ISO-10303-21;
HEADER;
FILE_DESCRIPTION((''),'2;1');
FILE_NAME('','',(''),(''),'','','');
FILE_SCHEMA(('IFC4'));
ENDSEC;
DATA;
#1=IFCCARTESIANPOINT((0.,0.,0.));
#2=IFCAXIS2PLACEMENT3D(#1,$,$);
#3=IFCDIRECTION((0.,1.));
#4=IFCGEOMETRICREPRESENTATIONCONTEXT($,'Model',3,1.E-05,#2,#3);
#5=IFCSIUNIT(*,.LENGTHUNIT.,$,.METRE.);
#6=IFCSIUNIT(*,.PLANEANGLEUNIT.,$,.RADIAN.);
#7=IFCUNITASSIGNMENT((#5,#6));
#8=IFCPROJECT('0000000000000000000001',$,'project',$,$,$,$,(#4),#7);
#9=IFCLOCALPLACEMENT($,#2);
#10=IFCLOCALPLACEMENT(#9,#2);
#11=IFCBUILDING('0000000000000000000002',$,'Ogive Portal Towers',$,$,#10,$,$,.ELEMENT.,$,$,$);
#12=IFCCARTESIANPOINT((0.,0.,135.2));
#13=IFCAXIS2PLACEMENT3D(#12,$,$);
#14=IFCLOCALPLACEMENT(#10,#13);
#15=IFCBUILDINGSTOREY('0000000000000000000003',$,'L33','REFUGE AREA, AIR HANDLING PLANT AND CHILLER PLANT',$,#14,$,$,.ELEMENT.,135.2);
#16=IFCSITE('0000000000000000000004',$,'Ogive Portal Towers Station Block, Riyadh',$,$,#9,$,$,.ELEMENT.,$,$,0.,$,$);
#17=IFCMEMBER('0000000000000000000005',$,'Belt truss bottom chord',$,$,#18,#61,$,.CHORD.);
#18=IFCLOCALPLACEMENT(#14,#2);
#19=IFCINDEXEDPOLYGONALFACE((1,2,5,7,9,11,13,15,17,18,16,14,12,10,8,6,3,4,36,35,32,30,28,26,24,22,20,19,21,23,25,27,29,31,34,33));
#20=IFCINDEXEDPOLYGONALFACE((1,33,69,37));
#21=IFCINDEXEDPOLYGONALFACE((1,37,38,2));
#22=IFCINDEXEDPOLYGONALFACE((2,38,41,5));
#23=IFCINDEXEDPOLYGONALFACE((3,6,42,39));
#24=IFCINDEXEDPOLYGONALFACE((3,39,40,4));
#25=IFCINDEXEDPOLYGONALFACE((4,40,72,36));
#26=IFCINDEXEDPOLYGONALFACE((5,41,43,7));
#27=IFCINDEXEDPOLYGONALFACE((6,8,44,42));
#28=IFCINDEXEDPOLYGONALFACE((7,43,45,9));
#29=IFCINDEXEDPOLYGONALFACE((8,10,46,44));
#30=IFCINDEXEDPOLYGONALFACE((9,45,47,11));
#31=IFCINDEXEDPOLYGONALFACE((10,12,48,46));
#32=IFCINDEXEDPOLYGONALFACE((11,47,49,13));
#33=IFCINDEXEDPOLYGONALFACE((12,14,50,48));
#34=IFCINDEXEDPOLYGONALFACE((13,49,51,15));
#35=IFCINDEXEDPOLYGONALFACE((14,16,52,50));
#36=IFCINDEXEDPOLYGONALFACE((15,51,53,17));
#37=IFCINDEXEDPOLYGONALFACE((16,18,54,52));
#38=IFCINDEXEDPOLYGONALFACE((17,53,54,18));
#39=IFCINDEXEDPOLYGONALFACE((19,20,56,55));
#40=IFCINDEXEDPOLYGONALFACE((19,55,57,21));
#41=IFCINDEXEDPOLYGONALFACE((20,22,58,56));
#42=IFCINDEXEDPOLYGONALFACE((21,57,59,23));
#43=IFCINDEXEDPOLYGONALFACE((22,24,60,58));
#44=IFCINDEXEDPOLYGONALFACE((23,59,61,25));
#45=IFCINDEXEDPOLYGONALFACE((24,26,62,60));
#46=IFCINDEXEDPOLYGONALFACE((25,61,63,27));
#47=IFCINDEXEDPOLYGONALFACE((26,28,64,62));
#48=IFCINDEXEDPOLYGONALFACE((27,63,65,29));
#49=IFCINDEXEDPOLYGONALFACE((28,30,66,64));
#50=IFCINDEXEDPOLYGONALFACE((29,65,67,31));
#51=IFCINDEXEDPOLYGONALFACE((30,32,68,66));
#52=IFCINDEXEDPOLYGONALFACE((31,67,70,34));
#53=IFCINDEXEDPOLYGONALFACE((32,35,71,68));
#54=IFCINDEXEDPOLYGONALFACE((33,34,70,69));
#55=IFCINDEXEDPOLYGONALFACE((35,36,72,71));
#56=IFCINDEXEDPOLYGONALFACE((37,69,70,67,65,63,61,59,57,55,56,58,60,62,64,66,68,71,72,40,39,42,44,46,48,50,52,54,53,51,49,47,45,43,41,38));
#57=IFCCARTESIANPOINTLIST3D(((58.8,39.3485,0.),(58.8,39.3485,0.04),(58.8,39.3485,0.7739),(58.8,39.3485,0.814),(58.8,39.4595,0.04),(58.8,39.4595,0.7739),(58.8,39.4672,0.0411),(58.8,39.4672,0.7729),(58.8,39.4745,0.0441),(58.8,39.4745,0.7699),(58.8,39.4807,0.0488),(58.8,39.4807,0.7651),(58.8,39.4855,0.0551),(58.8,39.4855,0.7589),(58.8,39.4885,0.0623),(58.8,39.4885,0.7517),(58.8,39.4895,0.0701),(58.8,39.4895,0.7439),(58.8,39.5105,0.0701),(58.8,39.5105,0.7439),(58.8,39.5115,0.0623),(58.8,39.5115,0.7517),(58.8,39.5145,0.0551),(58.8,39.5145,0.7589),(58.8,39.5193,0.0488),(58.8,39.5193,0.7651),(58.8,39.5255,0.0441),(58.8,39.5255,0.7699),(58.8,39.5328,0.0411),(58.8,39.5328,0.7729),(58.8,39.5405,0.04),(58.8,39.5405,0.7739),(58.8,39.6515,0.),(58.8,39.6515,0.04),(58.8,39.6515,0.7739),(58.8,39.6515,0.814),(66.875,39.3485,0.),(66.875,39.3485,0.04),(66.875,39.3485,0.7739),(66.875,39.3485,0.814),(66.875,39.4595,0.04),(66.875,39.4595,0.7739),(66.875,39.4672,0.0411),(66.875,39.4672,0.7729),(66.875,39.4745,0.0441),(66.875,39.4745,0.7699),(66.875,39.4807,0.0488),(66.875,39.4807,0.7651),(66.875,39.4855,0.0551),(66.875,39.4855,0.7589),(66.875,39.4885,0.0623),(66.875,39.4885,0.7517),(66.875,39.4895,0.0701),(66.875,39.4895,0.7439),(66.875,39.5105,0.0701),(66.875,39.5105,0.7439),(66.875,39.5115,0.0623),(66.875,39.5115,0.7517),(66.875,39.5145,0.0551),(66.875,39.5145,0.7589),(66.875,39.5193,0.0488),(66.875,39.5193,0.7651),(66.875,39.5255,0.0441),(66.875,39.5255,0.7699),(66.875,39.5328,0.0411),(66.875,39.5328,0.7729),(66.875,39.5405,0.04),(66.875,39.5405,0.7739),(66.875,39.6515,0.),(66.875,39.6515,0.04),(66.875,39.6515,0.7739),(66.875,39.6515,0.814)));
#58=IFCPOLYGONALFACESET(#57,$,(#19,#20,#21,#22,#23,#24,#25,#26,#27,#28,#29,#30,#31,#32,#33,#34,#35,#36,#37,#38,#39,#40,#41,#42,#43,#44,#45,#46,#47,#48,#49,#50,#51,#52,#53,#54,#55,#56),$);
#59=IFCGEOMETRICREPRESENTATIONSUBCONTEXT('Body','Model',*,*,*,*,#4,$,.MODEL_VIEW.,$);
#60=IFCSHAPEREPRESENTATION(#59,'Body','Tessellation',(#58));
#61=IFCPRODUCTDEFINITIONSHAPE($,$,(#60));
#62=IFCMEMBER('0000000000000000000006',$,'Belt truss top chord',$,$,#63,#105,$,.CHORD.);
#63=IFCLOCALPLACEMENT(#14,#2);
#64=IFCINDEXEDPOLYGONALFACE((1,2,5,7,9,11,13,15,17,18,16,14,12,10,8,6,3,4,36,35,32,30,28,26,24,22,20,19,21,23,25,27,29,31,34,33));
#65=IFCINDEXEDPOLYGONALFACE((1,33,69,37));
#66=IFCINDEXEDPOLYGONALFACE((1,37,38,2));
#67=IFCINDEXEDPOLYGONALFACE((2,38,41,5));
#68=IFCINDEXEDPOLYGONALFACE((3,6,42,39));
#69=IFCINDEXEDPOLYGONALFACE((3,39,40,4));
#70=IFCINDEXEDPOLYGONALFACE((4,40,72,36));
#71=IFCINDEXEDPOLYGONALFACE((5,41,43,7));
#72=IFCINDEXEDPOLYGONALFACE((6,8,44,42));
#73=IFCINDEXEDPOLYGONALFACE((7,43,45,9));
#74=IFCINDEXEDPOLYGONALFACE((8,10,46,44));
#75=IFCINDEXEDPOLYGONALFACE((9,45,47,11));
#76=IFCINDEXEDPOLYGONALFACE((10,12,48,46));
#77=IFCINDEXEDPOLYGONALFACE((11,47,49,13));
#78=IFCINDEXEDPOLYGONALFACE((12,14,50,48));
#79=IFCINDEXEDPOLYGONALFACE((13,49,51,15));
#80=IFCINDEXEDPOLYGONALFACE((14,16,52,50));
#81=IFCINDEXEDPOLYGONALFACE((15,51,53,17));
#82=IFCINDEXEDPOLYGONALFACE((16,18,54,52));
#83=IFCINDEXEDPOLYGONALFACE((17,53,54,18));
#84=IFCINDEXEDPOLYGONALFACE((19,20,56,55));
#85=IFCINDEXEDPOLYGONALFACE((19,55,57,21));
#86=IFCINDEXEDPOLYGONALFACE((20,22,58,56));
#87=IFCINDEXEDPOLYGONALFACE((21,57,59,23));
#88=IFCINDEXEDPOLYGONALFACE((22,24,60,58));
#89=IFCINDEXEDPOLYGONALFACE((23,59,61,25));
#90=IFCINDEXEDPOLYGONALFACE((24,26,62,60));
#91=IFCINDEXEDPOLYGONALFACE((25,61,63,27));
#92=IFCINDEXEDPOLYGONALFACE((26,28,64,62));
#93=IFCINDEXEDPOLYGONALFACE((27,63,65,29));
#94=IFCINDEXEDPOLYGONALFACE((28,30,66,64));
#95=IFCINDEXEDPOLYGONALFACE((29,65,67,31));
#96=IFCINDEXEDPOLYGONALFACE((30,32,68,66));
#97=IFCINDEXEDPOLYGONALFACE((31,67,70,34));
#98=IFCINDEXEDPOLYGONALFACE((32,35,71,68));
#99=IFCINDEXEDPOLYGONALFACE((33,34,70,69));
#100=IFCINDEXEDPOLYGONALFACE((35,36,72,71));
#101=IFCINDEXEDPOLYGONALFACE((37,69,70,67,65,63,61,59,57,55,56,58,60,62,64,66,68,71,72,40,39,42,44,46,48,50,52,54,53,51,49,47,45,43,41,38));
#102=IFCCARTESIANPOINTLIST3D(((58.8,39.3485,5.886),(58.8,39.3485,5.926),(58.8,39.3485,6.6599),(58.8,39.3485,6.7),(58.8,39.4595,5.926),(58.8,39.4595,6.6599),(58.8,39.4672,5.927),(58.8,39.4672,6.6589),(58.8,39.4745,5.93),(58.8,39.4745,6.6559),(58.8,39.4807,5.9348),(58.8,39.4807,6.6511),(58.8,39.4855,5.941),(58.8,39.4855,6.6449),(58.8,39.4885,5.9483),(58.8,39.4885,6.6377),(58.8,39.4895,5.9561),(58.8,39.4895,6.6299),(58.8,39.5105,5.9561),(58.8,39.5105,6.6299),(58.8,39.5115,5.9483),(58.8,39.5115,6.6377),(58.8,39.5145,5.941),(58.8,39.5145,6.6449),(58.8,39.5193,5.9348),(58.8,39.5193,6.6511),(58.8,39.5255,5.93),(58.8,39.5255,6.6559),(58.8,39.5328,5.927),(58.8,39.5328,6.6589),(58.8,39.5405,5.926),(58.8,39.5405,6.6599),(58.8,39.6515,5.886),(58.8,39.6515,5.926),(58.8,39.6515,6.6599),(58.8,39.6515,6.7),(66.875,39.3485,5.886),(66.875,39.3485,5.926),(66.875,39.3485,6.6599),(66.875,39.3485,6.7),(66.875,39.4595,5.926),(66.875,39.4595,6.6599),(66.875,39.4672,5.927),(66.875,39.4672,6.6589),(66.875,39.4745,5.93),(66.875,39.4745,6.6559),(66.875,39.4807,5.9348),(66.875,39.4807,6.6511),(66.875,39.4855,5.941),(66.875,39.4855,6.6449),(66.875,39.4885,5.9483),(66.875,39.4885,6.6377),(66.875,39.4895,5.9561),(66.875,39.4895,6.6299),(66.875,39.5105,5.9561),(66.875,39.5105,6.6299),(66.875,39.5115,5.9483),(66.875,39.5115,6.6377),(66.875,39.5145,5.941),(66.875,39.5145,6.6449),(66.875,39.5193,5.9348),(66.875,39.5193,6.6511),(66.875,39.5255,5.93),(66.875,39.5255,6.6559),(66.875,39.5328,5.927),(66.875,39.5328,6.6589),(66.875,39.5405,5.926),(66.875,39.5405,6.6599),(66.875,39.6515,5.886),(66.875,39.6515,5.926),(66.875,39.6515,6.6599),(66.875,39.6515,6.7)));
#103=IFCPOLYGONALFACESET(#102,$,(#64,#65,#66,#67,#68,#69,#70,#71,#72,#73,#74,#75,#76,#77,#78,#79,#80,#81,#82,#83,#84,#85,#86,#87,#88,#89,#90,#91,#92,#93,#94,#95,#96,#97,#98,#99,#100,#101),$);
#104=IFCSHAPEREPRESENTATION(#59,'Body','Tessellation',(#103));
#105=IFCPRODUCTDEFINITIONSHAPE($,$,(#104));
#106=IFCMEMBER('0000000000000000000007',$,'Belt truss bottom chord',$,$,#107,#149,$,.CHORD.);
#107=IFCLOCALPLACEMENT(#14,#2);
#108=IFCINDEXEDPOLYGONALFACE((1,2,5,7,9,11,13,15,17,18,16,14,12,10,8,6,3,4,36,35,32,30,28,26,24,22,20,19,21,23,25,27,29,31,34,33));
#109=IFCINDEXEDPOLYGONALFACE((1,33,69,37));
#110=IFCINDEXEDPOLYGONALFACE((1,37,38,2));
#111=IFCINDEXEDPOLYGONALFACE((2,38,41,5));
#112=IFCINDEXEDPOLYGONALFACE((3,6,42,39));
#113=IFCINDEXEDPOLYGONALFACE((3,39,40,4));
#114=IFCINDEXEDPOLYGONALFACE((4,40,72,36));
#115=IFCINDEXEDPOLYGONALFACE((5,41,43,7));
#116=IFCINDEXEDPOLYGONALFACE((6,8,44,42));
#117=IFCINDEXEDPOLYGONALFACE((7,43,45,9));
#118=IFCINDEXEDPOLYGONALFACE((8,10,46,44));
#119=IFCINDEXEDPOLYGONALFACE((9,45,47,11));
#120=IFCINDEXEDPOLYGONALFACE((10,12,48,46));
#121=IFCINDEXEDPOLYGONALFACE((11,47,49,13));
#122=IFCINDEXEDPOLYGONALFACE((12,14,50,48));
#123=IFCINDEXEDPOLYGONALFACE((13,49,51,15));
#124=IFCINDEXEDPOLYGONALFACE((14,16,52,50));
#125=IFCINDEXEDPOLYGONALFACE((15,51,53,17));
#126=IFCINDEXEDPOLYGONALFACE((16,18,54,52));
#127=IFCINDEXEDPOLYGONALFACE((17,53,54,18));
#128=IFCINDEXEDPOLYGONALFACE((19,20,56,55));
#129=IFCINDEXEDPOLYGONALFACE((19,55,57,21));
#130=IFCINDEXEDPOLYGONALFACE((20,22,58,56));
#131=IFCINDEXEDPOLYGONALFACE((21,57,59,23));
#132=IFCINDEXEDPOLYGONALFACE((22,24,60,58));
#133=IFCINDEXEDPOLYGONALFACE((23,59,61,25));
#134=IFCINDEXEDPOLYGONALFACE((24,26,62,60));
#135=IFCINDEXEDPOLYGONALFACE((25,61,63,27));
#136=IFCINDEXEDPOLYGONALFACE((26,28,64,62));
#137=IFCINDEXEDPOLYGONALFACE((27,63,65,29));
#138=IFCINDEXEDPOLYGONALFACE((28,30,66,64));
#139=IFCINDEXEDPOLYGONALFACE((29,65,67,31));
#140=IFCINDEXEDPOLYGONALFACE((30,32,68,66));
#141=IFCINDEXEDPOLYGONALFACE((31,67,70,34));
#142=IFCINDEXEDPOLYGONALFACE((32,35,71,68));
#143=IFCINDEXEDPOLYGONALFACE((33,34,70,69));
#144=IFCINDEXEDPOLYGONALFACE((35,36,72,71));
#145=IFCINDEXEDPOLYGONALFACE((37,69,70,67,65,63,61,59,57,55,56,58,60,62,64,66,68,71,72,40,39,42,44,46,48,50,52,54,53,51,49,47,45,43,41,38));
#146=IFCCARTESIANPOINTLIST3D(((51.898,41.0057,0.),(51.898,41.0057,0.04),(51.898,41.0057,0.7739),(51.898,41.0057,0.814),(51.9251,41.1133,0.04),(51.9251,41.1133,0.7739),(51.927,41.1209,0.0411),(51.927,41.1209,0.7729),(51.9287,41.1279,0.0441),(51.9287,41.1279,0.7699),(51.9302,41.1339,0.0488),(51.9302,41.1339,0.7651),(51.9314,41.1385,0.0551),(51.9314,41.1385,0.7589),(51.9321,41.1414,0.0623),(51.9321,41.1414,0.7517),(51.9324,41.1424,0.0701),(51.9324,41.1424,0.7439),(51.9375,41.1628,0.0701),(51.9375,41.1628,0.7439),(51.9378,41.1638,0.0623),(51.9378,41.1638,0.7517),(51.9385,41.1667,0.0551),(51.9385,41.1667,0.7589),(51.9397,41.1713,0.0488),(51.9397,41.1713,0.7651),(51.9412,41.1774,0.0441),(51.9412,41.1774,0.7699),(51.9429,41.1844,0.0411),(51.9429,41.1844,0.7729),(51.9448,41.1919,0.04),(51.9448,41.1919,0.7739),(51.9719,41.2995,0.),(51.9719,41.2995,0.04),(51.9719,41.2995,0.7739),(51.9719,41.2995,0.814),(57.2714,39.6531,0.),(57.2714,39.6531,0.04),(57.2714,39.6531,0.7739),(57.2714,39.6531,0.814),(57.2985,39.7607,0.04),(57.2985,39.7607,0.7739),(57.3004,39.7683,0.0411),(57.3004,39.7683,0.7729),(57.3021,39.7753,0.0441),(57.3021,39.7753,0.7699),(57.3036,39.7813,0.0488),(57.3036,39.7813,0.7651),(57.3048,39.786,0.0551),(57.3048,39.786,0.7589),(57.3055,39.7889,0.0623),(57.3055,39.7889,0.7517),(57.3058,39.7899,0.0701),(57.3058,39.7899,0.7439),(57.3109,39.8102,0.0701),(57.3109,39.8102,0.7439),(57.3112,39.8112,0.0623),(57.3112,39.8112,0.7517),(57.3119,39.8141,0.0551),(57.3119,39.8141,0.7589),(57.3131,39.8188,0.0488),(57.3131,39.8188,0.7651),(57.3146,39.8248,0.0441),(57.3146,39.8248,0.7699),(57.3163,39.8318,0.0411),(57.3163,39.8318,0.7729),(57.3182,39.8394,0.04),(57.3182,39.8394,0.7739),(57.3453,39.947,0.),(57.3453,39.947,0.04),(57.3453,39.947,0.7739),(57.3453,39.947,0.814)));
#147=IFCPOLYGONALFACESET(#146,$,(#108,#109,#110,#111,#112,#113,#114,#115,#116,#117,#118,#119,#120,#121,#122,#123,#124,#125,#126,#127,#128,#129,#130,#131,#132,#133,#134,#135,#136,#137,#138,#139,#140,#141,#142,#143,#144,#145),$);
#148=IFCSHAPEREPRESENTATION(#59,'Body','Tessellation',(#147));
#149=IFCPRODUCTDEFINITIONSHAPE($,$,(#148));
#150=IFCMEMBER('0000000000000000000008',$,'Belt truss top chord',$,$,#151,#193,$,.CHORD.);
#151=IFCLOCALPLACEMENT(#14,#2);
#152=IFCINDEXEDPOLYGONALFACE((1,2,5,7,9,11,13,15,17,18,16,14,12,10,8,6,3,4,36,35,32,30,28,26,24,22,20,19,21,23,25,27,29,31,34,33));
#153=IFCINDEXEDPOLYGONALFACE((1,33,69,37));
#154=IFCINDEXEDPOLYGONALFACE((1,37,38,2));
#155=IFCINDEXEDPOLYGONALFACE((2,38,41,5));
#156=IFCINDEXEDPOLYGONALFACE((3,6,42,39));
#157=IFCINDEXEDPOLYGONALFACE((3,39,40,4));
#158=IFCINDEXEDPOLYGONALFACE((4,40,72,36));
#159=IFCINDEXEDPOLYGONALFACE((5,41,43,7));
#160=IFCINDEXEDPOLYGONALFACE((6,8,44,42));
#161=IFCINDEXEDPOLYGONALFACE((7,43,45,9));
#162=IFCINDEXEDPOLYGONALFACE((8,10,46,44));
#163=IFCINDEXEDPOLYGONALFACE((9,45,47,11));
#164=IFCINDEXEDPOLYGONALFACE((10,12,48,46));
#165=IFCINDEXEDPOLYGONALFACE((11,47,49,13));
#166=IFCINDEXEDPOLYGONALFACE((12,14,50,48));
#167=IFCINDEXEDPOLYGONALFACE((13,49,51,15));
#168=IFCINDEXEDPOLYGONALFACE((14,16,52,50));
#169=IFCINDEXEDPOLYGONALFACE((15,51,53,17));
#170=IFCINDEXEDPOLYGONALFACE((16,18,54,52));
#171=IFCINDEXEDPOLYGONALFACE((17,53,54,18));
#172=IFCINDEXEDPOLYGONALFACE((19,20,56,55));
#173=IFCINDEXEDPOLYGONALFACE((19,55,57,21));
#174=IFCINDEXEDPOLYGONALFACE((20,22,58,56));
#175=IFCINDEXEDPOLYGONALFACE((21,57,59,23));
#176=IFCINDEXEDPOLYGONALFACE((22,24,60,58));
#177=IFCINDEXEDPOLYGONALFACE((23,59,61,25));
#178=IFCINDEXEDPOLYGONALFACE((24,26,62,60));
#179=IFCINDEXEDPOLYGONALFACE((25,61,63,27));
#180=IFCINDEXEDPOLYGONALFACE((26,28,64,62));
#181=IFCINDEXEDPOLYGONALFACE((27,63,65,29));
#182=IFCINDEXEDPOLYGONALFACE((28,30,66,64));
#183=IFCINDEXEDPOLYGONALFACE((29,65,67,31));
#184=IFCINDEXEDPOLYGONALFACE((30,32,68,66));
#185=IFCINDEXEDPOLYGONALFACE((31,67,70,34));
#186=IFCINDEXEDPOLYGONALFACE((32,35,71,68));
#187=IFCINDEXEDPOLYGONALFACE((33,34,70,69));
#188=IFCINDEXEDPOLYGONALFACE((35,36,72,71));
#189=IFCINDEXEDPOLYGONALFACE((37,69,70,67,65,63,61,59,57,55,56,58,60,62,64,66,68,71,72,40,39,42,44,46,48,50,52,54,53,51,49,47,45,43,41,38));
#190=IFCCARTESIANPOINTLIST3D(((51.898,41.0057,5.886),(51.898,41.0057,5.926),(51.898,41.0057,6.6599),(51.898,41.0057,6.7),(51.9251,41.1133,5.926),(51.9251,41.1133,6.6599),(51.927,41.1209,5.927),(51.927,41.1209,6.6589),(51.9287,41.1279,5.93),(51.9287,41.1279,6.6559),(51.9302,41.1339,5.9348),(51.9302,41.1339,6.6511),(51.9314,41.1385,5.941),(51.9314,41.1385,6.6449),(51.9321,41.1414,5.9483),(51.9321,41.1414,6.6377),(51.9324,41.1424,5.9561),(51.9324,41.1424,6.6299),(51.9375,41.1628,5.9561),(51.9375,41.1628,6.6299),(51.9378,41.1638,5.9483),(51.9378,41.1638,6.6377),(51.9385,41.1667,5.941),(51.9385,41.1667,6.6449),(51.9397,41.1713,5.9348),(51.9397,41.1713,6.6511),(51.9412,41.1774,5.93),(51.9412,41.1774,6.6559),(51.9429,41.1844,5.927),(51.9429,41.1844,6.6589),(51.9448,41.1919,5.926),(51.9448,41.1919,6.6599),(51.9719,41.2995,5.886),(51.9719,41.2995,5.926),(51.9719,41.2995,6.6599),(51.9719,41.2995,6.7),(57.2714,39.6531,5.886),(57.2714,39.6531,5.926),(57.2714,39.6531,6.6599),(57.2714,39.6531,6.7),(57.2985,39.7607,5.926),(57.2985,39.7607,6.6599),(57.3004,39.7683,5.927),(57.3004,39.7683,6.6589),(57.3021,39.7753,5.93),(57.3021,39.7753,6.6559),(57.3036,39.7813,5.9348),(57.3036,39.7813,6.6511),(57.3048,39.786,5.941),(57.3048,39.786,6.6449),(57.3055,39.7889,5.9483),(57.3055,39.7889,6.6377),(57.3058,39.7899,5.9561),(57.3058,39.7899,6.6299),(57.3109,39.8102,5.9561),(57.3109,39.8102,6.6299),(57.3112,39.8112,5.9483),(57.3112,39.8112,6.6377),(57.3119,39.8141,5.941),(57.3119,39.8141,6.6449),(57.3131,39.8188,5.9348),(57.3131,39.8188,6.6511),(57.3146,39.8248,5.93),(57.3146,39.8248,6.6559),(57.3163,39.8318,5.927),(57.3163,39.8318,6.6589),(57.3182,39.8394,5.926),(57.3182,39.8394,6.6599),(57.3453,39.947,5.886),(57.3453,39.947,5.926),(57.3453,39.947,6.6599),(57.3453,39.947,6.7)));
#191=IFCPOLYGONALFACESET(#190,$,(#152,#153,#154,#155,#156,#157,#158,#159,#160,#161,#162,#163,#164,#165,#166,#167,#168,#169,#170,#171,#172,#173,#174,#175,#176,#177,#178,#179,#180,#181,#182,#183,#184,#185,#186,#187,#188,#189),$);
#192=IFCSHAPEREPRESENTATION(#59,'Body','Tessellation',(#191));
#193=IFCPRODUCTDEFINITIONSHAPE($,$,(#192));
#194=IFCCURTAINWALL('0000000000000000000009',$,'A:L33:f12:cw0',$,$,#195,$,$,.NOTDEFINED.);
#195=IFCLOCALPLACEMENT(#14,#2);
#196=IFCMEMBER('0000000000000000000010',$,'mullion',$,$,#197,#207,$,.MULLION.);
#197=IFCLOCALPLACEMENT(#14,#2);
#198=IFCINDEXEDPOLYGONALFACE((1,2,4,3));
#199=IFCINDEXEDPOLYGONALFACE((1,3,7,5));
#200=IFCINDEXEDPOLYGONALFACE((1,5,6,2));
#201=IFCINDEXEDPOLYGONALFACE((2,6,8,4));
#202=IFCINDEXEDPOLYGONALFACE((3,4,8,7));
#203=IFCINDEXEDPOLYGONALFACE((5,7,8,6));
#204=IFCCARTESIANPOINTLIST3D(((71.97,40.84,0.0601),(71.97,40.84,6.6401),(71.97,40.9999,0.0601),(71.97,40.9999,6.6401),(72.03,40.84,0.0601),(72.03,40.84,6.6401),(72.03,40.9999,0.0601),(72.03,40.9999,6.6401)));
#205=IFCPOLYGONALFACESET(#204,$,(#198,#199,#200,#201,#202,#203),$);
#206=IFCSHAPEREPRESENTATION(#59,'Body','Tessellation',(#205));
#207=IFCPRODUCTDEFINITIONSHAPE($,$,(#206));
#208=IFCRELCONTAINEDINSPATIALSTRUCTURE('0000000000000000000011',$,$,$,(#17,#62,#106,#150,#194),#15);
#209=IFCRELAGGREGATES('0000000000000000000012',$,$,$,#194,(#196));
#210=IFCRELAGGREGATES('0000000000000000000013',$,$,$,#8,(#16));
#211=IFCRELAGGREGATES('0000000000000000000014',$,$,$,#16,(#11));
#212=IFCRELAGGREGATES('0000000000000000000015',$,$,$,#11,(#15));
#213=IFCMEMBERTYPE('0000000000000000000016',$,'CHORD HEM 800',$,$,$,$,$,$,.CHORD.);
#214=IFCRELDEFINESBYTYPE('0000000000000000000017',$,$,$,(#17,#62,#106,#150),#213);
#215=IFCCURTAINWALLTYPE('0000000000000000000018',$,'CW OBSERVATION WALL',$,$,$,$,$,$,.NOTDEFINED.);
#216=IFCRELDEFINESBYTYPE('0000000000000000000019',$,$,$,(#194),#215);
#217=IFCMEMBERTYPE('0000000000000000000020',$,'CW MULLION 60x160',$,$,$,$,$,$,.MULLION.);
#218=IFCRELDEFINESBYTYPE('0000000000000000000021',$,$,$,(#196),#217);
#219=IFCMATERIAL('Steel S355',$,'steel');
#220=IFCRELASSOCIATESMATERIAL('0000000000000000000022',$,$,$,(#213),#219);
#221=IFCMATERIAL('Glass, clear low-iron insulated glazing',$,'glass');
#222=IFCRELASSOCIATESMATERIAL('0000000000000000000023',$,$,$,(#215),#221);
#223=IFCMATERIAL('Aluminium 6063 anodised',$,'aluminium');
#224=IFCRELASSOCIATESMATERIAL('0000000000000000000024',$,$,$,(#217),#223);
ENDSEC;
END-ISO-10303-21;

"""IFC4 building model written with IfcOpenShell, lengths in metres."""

from ifc_helpers import new_model, si_unit, direction, frame, origin, origin_2d, place, context, subcontext, project, spatial, rectangle, i_section, extrude, material, material_profile, profile_set, type_object, element, aggregate, save


model = new_model("IFC4")

# Units and contexts
model_context = context("Model", 3, precision=1e-05, world=origin(), true_north=direction((0.0, 1.0)))
body_context = subcontext(model_context, "Body", "Model", "MODEL_VIEW")
ifc_project = project(units=[si_unit("LENGTHUNIT", "METRE"), si_unit("PLANEANGLEUNIT", "RADIAN")], contexts=[model_context])

# Site, building, storey
site_placement = place(None, origin())
site = spatial("IfcSite", under=ifc_project, at=site_placement, Name="Ogive Portal Towers Station Block, Riyadh", CompositionType="ELEMENT", RefElevation=0.0)
building_placement = place(site_placement, origin())
building = spatial("IfcBuilding", under=site, at=building_placement, Name="Ogive Portal Towers", CompositionType="ELEMENT")
storey_placement = place(building_placement, frame((0.0, 0.0, 135.2)))
storey = spatial("IfcBuildingStorey", under=building, at=storey_placement, Name="L33", Description="REFUGE AREA, AIR HANDLING PLANT AND CHILLER PLANT", CompositionType="ELEMENT", Elevation=135.2)

# Members
ifc_material_1 = material(Name="Steel S355", Category="steel")
ifc_material_profile_1 = material_profile(ifc_material_1, i_section(OverallWidth=0.303, OverallDepth=0.814, WebThickness=0.021, FlangeThickness=0.04, FilletRadius=0.03, at=origin_2d()), Name="HEM 800")
ifc_profile_set_1 = profile_set([ifc_material_profile_1], Name="Steel S355")
member_type_1 = type_object("IfcMemberType", Name="CHORD HEM 800", PredefinedType="CHORD", material=ifc_profile_set_1)
for number, where, z_axis, x_axis, name in (
    (1, (66.875, 39.5, 0.407), (-1.0, 0.0, 0.0), (0.0, -1.0, 0.0), "Belt truss bottom chord"),
    (2, (66.875, 39.5, 6.293), (-1.0, 0.0, 0.0), (0.0, -1.0, 0.0), "Belt truss top chord"),
):
    element("IfcMember", number, at=place(storey_placement, frame(where, z_axis=z_axis, x_axis=x_axis)), inside=storey, type_object=member_type_1, Name=name, PredefinedType="CHORD", context=body_context, shape_type="SweptSolid", body=[
        extrude(i_section(OverallWidth=0.303, OverallDepth=0.814, WebThickness=0.021, FlangeThickness=0.04, FilletRadius=0.03, at=origin_2d()), origin(), (0.0, 0.0, 1.0), 8.075),
    ])
for number, where, z_axis, x_axis, name in (
    (3, (57.3083, 39.8, 0.407), (-0.96975, 0.244101, 0.0), (-0.244101, -0.96975, 0.0), "Belt truss bottom chord"),
    (4, (57.3083, 39.8, 6.293), (-0.96975, 0.244101, 0.0), (-0.244101, -0.96975, 0.0), "Belt truss top chord"),
):
    element("IfcMember", number, at=place(storey_placement, frame(where, z_axis=z_axis, x_axis=x_axis)), inside=storey, type_object=member_type_1, Name=name, PredefinedType="CHORD", context=body_context, shape_type="SweptSolid", body=[
        extrude(i_section(OverallWidth=0.303, OverallDepth=0.814, WebThickness=0.021, FlangeThickness=0.04, FilletRadius=0.03, at=origin_2d()), origin(), (0.0, 0.0, 1.0), 5.541),
    ])

# Curtain wall, member
ifc_material_2 = material(Name="Glass, clear low-iron insulated glazing", Category="glass")
curtain_wall_type = type_object("IfcCurtainWallType", Name="CW OBSERVATION WALL", PredefinedType="NOTDEFINED", material=ifc_material_2)
curtain_wall_placement = place(storey_placement, origin())
curtain_wall = element("IfcCurtainWall", 5, at=curtain_wall_placement, inside=storey, type_object=curtain_wall_type, Name="A:L33:f12:cw0", PredefinedType="NOTDEFINED")
ifc_material_3 = material(Name="Aluminium 6063 anodised", Category="aluminium")
ifc_material_profile_2 = material_profile(ifc_material_3, rectangle(XDim=0.1599, YDim=0.0601, at=origin_2d()), Name="AL 60x160")
ifc_profile_set_2 = profile_set([ifc_material_profile_2], Name="Aluminium 6063 anodised")
member_type_2 = type_object("IfcMemberType", Name="CW MULLION 60x160", PredefinedType="MULLION", material=ifc_profile_set_2)
member_1_placement = place(storey_placement, frame((72.0, 40.9199, 0.0601), z_axis=(0.0, 0.0, 1.0), x_axis=(0.0, -1.0, 0.0)))
member_1 = element("IfcMember", 6, at=member_1_placement, type_object=member_type_2, Name="mullion", PredefinedType="MULLION", context=body_context, shape_type="SweptSolid", body=[
    extrude(rectangle(XDim=0.1599, YDim=0.0601, at=origin_2d()), origin(), (0.0, 0.0, 1.0), 6.5801),
])

aggregate(curtain_wall, [member_1])

save(model, "model.ifc")
